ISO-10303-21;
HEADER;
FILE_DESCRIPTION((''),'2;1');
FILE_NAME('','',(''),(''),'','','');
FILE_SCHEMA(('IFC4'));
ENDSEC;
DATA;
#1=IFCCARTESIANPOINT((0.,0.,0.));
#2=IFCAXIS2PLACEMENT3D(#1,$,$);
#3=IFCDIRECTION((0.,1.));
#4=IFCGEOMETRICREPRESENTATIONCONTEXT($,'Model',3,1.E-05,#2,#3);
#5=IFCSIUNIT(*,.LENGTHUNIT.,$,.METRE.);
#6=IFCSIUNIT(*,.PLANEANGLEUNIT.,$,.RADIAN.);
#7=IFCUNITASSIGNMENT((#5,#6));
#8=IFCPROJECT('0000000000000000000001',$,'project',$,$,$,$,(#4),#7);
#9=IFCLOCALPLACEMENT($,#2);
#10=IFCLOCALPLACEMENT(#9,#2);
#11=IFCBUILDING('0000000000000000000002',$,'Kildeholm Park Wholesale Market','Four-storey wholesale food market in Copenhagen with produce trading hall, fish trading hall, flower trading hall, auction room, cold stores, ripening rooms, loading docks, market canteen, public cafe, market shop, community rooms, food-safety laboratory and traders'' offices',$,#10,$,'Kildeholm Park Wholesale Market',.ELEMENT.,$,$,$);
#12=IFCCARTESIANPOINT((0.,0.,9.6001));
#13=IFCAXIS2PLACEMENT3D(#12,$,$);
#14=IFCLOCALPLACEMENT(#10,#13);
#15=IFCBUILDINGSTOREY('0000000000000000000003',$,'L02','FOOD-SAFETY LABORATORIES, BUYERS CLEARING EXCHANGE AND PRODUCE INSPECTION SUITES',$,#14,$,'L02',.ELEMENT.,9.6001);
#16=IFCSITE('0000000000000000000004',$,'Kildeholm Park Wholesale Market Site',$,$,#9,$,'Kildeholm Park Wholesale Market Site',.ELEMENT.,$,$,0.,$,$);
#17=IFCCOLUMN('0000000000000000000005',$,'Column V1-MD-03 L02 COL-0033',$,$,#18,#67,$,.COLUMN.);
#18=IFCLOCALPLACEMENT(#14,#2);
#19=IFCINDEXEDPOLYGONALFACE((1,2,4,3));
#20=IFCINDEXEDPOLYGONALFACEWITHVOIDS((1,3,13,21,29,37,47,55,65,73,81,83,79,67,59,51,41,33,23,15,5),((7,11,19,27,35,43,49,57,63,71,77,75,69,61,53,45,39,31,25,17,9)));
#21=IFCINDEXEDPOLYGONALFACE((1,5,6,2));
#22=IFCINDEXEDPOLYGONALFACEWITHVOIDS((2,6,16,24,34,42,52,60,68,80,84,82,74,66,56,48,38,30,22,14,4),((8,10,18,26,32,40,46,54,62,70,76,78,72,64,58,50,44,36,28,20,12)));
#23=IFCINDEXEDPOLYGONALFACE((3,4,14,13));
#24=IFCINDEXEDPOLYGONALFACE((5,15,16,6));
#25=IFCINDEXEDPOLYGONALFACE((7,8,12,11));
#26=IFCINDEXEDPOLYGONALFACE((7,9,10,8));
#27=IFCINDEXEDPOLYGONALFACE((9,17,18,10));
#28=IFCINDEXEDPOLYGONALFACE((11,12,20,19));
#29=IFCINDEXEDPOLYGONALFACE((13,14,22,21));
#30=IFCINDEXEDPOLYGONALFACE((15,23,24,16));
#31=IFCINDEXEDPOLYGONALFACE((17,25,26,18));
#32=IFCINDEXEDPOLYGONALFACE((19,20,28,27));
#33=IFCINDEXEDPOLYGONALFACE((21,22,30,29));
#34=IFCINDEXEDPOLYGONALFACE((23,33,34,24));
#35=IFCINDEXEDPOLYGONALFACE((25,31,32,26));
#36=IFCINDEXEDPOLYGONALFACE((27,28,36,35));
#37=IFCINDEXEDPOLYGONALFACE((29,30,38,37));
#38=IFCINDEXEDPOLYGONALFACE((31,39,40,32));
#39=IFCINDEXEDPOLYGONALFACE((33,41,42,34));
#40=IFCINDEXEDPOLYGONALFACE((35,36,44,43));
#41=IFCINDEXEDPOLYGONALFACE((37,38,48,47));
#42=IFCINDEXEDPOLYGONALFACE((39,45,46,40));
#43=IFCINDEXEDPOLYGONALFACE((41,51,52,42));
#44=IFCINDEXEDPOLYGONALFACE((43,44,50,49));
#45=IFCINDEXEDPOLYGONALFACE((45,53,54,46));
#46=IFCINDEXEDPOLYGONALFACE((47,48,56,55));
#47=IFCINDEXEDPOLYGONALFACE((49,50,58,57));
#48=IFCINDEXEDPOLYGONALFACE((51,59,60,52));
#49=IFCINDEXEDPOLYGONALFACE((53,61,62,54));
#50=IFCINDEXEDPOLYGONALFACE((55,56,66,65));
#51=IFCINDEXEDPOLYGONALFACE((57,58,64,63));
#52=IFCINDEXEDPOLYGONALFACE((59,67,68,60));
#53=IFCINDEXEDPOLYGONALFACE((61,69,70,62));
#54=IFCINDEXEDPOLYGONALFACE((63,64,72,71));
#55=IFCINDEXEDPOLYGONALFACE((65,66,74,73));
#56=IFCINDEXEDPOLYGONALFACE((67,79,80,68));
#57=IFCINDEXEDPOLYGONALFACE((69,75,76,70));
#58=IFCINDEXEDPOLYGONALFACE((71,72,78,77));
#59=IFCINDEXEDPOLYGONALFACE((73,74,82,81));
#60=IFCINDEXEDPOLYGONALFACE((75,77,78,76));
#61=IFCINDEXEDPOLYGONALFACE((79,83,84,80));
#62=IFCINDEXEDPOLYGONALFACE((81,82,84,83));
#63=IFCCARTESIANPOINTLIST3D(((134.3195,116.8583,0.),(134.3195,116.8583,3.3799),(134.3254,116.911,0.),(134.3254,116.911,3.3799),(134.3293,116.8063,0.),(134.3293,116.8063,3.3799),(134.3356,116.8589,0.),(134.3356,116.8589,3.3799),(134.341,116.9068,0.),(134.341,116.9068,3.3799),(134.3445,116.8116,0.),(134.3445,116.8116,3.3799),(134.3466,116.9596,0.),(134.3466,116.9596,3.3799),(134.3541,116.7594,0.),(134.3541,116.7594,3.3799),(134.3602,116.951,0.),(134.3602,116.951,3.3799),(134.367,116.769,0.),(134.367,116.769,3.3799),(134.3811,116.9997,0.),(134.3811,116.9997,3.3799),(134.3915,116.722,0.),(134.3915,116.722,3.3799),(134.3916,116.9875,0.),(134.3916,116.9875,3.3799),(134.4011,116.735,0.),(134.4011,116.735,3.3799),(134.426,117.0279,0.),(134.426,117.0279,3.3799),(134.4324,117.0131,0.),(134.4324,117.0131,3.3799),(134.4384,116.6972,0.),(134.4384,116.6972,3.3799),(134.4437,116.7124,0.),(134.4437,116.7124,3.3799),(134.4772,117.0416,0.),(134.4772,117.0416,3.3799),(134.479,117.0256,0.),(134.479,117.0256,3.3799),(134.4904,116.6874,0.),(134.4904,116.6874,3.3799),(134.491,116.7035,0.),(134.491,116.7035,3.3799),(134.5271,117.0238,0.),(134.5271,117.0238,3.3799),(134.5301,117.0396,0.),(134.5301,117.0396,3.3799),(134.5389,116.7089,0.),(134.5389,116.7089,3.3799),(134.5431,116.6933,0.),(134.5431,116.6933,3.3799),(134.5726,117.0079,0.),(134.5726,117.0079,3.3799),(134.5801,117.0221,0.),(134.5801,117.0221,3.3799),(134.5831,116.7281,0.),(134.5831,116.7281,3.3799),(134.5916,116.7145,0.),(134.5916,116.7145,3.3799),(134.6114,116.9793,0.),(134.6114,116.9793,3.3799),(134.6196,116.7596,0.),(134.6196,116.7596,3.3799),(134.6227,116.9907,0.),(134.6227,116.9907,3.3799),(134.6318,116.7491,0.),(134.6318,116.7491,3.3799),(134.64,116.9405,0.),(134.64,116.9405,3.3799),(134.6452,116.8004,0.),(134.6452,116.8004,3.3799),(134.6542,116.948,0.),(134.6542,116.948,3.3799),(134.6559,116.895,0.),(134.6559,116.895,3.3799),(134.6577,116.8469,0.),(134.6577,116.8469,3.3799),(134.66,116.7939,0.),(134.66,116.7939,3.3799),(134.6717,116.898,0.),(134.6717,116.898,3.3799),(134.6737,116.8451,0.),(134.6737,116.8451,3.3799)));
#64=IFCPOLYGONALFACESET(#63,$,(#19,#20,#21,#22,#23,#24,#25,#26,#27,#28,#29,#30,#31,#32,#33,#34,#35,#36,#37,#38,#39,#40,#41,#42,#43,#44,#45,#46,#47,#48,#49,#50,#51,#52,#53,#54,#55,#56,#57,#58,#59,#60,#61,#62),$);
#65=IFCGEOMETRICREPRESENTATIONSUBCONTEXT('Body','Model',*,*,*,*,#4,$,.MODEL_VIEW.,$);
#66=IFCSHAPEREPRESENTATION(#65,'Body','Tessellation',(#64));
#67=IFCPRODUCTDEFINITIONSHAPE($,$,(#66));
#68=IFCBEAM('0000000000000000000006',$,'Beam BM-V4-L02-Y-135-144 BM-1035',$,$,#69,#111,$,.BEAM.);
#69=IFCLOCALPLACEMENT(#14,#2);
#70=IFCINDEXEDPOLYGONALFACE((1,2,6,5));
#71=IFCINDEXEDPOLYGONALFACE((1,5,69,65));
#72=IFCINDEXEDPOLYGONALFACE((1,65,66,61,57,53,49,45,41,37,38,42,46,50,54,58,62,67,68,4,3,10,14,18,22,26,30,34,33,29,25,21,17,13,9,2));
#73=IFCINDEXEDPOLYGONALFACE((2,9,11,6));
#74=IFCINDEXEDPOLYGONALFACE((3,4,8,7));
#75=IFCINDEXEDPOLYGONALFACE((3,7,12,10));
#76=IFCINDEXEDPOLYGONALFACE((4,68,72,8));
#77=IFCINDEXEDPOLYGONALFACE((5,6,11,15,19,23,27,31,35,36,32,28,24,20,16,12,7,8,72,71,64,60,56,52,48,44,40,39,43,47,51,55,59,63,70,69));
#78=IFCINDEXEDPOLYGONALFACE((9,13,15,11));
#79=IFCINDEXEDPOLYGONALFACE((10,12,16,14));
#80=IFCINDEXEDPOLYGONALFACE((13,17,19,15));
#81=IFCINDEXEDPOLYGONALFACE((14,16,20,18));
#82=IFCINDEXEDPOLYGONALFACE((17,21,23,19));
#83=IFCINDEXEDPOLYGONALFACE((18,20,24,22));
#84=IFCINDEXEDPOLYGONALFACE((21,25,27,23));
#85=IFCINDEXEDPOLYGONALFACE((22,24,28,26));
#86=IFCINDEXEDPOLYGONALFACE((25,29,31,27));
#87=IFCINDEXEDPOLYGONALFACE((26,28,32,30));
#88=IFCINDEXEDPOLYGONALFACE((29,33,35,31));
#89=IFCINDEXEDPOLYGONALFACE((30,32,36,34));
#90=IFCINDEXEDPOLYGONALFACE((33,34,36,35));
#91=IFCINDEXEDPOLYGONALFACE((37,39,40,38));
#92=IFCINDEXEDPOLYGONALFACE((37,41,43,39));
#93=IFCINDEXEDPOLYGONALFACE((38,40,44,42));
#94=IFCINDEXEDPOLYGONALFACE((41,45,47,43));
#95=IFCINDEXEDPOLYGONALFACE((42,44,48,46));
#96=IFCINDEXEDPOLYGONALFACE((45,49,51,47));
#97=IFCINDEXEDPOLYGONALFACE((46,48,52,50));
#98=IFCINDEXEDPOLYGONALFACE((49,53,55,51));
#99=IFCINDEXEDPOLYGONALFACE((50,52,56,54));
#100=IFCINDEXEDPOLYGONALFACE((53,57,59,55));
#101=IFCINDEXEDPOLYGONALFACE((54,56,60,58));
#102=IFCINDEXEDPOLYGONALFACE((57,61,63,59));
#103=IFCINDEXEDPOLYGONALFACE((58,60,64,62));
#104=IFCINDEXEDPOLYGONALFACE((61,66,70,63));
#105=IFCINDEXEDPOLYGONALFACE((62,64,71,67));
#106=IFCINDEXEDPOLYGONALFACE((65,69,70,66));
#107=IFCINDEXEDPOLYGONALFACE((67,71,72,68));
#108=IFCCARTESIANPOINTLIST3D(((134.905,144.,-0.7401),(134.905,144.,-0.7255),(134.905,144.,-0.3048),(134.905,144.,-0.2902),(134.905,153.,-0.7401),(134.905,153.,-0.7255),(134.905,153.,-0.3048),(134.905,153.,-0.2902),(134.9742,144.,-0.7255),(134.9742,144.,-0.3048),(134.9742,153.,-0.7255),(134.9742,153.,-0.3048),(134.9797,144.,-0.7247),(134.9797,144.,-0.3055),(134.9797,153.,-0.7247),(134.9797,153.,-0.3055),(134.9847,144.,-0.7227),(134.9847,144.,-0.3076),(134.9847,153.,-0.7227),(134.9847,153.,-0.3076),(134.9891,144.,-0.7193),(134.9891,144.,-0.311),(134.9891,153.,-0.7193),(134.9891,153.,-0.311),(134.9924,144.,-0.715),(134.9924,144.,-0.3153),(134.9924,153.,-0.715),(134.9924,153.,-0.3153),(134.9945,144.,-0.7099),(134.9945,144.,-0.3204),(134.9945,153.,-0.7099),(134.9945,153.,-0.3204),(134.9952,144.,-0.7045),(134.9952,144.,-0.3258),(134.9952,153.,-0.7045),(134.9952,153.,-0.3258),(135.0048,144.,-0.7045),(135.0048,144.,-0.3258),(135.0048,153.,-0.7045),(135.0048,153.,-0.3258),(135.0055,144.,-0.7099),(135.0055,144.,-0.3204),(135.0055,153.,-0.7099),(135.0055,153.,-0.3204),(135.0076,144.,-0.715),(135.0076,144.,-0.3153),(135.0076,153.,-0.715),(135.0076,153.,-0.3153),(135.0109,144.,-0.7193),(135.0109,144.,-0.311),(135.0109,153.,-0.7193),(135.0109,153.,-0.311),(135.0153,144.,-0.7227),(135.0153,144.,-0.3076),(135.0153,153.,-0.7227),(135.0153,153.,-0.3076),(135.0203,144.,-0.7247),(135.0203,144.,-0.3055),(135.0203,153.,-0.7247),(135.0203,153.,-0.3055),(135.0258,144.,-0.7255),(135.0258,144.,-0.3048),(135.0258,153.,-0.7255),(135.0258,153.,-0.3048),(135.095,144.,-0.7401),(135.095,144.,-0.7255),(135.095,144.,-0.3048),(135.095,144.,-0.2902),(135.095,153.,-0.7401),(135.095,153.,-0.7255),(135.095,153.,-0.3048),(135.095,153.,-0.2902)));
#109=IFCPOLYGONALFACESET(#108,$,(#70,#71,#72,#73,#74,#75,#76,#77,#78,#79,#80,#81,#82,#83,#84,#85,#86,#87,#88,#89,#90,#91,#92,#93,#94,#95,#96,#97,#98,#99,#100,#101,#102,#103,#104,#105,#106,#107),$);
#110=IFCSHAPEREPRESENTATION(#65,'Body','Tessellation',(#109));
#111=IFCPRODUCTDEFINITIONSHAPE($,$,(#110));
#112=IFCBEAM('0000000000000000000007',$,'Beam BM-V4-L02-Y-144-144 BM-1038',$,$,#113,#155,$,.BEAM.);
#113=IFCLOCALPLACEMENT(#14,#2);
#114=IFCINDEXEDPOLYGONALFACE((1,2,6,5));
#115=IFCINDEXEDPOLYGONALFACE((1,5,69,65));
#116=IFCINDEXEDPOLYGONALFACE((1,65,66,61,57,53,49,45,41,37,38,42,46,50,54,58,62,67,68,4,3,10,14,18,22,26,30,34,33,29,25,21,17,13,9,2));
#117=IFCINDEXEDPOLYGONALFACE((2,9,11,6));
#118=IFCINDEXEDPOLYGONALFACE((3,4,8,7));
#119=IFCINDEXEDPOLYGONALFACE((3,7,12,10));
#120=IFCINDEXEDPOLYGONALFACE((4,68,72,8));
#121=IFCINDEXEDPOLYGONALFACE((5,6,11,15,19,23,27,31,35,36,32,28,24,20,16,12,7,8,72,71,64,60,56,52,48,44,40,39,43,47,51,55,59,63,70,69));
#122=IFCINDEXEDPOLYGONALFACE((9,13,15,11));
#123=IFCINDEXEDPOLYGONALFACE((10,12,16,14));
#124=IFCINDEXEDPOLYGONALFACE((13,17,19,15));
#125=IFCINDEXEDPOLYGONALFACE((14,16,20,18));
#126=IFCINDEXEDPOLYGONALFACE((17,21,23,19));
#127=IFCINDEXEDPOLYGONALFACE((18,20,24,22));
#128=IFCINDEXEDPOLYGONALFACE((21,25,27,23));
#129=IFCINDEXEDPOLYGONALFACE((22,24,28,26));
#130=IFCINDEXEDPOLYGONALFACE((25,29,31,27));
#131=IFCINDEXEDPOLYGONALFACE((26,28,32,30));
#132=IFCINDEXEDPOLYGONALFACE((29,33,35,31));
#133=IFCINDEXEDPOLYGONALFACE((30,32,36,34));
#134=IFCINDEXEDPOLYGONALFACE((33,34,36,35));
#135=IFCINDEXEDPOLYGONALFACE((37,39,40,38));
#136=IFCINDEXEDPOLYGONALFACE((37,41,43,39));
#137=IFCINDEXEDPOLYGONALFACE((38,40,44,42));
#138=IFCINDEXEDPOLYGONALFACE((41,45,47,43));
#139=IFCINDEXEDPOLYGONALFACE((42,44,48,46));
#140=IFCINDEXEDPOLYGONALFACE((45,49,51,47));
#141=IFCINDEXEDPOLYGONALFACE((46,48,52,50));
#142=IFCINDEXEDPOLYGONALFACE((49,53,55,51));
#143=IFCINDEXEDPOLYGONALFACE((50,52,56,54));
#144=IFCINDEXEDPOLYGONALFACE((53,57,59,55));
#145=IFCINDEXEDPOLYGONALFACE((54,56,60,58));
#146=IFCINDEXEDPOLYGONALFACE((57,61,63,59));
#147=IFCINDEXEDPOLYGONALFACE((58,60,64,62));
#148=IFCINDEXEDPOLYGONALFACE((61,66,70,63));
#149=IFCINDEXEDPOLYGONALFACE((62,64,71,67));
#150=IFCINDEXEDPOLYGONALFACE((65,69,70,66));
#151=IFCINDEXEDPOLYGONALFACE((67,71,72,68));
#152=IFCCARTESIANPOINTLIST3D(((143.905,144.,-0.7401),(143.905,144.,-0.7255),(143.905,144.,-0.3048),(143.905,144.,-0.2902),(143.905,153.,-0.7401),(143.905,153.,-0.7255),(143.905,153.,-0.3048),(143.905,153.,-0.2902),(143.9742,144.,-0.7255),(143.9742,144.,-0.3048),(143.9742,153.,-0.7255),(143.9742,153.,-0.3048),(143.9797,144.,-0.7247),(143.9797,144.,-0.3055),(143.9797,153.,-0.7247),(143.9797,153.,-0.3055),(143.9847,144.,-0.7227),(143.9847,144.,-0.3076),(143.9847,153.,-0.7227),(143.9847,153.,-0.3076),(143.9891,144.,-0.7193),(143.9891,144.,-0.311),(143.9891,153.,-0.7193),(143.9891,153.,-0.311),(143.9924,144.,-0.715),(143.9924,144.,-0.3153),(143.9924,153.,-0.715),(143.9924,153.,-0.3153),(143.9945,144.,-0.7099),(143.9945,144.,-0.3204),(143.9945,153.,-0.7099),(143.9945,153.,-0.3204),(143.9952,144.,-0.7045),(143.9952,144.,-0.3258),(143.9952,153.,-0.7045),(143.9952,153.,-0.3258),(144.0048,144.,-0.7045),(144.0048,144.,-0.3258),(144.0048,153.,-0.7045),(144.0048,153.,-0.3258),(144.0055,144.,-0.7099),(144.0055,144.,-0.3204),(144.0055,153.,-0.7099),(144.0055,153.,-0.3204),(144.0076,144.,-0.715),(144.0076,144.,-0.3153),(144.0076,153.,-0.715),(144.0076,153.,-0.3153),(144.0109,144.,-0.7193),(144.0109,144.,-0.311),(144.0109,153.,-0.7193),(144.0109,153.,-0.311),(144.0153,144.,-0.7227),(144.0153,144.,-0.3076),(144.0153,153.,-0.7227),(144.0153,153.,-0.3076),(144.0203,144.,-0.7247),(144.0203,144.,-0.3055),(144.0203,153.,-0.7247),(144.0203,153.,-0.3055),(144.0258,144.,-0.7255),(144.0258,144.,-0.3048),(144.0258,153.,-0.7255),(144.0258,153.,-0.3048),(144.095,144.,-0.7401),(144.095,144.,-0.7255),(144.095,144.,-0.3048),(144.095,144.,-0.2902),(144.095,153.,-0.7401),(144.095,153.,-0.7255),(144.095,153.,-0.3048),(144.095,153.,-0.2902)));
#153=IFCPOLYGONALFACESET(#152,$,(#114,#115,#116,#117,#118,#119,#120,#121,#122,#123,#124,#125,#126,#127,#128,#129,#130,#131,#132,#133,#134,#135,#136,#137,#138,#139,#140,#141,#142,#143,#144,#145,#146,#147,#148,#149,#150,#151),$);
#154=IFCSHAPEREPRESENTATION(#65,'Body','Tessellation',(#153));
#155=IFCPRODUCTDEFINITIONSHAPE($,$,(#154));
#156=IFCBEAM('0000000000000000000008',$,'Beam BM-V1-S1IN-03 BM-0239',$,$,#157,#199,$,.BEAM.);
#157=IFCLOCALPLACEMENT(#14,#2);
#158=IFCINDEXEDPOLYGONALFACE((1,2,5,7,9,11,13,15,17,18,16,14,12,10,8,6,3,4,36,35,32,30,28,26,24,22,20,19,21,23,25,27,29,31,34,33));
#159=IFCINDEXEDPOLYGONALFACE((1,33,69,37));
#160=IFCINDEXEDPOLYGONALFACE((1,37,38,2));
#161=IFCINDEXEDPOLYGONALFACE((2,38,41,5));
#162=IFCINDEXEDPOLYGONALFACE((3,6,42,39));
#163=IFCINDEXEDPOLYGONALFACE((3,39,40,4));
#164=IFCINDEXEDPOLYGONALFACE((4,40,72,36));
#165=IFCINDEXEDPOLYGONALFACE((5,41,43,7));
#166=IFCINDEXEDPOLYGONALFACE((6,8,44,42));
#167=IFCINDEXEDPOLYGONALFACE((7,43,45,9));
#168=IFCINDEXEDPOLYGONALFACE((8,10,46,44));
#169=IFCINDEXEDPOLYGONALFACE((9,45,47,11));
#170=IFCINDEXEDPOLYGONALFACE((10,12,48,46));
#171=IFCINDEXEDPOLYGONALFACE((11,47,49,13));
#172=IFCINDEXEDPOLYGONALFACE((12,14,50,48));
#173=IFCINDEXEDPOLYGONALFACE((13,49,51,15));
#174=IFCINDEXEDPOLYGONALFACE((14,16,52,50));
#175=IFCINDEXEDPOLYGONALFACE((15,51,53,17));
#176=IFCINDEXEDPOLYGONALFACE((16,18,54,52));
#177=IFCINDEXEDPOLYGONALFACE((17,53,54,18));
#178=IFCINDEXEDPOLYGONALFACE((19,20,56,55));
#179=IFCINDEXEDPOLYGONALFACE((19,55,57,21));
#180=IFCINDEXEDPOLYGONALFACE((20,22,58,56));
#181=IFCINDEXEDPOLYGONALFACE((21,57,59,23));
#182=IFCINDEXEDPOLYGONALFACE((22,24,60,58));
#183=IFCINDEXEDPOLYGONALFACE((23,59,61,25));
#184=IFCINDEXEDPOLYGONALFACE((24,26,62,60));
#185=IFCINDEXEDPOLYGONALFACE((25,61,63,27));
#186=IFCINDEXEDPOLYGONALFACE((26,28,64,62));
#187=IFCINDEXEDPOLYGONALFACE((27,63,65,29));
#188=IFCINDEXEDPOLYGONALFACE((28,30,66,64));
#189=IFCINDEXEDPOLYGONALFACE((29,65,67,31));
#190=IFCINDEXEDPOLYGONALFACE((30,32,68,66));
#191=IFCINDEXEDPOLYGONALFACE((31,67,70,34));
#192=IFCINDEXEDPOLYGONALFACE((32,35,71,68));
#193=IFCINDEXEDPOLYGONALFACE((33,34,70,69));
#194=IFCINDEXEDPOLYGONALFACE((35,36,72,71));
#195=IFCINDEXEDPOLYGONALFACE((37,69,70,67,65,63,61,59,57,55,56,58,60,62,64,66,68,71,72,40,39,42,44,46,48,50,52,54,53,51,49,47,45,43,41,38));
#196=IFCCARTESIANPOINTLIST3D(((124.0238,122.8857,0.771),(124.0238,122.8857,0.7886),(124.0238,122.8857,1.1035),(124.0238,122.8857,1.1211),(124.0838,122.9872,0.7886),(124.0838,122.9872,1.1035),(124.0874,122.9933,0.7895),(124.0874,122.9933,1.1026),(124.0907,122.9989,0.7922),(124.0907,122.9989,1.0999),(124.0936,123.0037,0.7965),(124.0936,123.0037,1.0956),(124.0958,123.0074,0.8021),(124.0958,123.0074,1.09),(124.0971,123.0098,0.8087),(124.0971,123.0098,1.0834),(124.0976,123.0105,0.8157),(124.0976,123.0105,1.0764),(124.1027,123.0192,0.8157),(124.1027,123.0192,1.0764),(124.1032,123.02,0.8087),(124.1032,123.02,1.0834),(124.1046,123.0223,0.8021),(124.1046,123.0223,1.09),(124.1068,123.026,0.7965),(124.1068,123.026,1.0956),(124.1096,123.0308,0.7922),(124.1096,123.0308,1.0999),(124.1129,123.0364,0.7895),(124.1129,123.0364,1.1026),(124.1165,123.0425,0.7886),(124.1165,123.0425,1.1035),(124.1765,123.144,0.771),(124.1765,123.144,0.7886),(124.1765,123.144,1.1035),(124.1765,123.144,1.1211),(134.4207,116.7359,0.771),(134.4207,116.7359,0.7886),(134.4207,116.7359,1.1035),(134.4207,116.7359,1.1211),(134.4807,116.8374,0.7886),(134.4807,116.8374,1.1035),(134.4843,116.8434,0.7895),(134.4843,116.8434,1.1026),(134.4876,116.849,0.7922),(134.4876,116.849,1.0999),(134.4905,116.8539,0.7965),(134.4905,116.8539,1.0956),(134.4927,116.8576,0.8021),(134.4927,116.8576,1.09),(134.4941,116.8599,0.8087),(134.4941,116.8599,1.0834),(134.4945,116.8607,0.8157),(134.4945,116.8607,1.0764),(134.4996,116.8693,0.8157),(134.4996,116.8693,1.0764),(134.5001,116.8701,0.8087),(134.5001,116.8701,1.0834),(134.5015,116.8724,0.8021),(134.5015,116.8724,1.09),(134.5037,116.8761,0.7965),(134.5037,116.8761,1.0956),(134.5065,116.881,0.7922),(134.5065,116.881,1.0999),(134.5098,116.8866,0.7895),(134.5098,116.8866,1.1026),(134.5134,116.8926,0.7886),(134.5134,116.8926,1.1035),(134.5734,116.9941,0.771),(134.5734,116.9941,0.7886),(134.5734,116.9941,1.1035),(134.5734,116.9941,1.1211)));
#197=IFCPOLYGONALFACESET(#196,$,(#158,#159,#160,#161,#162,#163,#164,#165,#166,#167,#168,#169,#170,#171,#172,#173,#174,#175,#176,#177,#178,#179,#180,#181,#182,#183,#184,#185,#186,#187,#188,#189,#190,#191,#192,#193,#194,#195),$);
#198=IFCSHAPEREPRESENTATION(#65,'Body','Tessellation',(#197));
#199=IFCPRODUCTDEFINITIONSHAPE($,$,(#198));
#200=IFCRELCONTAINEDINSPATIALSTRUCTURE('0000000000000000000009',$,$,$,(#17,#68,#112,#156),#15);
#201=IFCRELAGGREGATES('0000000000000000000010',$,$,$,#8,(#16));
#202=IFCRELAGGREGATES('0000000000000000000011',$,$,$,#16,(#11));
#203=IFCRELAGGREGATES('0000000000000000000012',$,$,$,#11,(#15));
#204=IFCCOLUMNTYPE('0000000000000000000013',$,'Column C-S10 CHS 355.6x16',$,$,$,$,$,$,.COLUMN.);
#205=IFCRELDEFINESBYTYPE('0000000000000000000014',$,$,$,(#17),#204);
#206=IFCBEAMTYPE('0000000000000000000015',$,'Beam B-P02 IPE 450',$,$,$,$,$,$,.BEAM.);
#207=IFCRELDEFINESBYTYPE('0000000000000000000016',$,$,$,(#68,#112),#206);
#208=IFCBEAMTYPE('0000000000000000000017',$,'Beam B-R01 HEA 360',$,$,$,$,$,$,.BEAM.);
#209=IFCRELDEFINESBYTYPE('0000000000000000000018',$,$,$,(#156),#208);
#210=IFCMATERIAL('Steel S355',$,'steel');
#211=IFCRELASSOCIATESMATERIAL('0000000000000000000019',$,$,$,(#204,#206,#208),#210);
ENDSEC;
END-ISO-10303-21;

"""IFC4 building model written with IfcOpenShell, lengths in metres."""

from ifc_helpers import new_model, si_unit, direction, frame, origin, origin_2d, place, context, subcontext, project, spatial, hollow_circle, i_section, extrude, material, material_profile, profile_set, type_object, element, save


model = new_model("IFC4")

# Units and contexts
model_context = context("Model", 3, precision=1e-05, world=origin(), true_north=direction((0.0, 1.0)))
body_context = subcontext(model_context, "Body", "Model", "MODEL_VIEW")
ifc_project = project(units=[si_unit("LENGTHUNIT", "METRE"), si_unit("PLANEANGLEUNIT", "RADIAN")], contexts=[model_context])

# Site, building, storey
site_placement = place(None, origin())
site = spatial("IfcSite", under=ifc_project, at=site_placement, Name="Kildeholm Park Wholesale Market Site", LongName="Kildeholm Park Wholesale Market Site", CompositionType="ELEMENT", RefElevation=0.0)
building_placement = place(site_placement, origin())
building = spatial("IfcBuilding", under=site, at=building_placement, Name="Kildeholm Park Wholesale Market", Description="Four-storey wholesale food market in Copenhagen with produce trading hall, fish trading hall, flower trading hall, auction room, cold stores, ripening rooms, loading docks, market canteen, public cafe, market shop, community rooms, food-safety laboratory and traders' offices", LongName="Kildeholm Park Wholesale Market", CompositionType="ELEMENT")
storey_placement = place(building_placement, frame((0.0, 0.0, 9.6001)))
storey = spatial("IfcBuildingStorey", under=building, at=storey_placement, Name="L02", Description="FOOD-SAFETY LABORATORIES, BUYERS CLEARING EXCHANGE AND PRODUCE INSPECTION SUITES", LongName="L02", CompositionType="ELEMENT", Elevation=9.6001)

# Column
ifc_material_1 = material(Name="Steel S355", Category="steel")
ifc_material_profile_1 = material_profile(ifc_material_1, hollow_circle(Radius=0.1777, WallThickness=0.0161, at=origin_2d()), Name="CHS 355.6x16")
ifc_profile_set_1 = profile_set([ifc_material_profile_1], Name="Steel S355")
column_type = type_object("IfcColumnType", Name="Column C-S10 CHS 355.6x16", PredefinedType="COLUMN", material=ifc_profile_set_1)
column_placement = place(storey_placement, frame((134.4971, 116.865, 0.0), z_axis=(0.0, 0.0, 1.0), x_axis=(0.707107, 0.707107, 0.0)))
element("IfcColumn", 1, at=column_placement, inside=storey, type_object=column_type, Name="Column V1-MD-03 L02 COL-0033", PredefinedType="COLUMN", context=body_context, shape_type="SweptSolid", body=[
    extrude(hollow_circle(Radius=0.1777, WallThickness=0.0161, at=origin_2d()), origin(), (0.0, 0.0, 1.0), 3.3799),
])

# Beams
ifc_material_profile_2 = material_profile(ifc_material_1, i_section(OverallWidth=0.1899, OverallDepth=0.45, WebThickness=0.0095, FlangeThickness=0.0146, FilletRadius=0.021, at=origin_2d()), Name="IPE 450")
ifc_profile_set_2 = profile_set([ifc_material_profile_2], Name="Steel S355")
beam_type_1 = type_object("IfcBeamType", Name="Beam B-P02 IPE 450", PredefinedType="BEAM", material=ifc_profile_set_2)
for number, where, z_axis, x_axis, name in (
    (2, (135.0, 144.0, -0.5151), (0.0, 1.0, 0.0), (-1.0, 0.0, 0.0), "Beam BM-V4-L02-Y-135-144 BM-1035"),
    (3, (144.0, 144.0, -0.5151), (0.0, 1.0, 0.0), (-1.0, 0.0, 0.0), "Beam BM-V4-L02-Y-144-144 BM-1038"),
):
    element("IfcBeam", number, at=place(storey_placement, frame(where, z_axis=z_axis, x_axis=x_axis)), inside=storey, type_object=beam_type_1, Name=name, PredefinedType="BEAM", context=body_context, shape_type="SweptSolid", body=[
        extrude(i_section(OverallWidth=0.1899, OverallDepth=0.45, WebThickness=0.0095, FlangeThickness=0.0146, FilletRadius=0.021, at=origin_2d()), origin(), (0.0, 0.0, 1.0), 9.0),
    ])
ifc_material_profile_3 = material_profile(ifc_material_1, i_section(OverallWidth=0.3, OverallDepth=0.3501, WebThickness=0.01, FlangeThickness=0.0176, FilletRadius=0.0271, at=origin_2d()), Name="HEA 360")
ifc_profile_set_3 = profile_set([ifc_material_profile_3], Name="Steel S355")
beam_type_2 = type_object("IfcBeamType", Name="Beam B-R01 HEA 360", PredefinedType="BEAM", material=ifc_profile_set_3)
beam_1_placement = place(storey_placement, frame((134.4971, 116.865, 0.946), z_axis=(-0.8607, 0.509112, 0.0), x_axis=(-0.509112, -0.8607, 0.0)))
element("IfcBeam", 4, at=beam_1_placement, inside=storey, type_object=beam_type_2, Name="Beam BM-V1-S1IN-03 BM-0239", PredefinedType="BEAM", context=body_context, shape_type="SweptSolid", body=[
    extrude(i_section(OverallWidth=0.3, OverallDepth=0.3501, WebThickness=0.01, FlangeThickness=0.0176, FilletRadius=0.0271, at=origin_2d()), origin(), (0.0, 0.0, 1.0), 12.0796),
])

save(model, "model.ifc")
